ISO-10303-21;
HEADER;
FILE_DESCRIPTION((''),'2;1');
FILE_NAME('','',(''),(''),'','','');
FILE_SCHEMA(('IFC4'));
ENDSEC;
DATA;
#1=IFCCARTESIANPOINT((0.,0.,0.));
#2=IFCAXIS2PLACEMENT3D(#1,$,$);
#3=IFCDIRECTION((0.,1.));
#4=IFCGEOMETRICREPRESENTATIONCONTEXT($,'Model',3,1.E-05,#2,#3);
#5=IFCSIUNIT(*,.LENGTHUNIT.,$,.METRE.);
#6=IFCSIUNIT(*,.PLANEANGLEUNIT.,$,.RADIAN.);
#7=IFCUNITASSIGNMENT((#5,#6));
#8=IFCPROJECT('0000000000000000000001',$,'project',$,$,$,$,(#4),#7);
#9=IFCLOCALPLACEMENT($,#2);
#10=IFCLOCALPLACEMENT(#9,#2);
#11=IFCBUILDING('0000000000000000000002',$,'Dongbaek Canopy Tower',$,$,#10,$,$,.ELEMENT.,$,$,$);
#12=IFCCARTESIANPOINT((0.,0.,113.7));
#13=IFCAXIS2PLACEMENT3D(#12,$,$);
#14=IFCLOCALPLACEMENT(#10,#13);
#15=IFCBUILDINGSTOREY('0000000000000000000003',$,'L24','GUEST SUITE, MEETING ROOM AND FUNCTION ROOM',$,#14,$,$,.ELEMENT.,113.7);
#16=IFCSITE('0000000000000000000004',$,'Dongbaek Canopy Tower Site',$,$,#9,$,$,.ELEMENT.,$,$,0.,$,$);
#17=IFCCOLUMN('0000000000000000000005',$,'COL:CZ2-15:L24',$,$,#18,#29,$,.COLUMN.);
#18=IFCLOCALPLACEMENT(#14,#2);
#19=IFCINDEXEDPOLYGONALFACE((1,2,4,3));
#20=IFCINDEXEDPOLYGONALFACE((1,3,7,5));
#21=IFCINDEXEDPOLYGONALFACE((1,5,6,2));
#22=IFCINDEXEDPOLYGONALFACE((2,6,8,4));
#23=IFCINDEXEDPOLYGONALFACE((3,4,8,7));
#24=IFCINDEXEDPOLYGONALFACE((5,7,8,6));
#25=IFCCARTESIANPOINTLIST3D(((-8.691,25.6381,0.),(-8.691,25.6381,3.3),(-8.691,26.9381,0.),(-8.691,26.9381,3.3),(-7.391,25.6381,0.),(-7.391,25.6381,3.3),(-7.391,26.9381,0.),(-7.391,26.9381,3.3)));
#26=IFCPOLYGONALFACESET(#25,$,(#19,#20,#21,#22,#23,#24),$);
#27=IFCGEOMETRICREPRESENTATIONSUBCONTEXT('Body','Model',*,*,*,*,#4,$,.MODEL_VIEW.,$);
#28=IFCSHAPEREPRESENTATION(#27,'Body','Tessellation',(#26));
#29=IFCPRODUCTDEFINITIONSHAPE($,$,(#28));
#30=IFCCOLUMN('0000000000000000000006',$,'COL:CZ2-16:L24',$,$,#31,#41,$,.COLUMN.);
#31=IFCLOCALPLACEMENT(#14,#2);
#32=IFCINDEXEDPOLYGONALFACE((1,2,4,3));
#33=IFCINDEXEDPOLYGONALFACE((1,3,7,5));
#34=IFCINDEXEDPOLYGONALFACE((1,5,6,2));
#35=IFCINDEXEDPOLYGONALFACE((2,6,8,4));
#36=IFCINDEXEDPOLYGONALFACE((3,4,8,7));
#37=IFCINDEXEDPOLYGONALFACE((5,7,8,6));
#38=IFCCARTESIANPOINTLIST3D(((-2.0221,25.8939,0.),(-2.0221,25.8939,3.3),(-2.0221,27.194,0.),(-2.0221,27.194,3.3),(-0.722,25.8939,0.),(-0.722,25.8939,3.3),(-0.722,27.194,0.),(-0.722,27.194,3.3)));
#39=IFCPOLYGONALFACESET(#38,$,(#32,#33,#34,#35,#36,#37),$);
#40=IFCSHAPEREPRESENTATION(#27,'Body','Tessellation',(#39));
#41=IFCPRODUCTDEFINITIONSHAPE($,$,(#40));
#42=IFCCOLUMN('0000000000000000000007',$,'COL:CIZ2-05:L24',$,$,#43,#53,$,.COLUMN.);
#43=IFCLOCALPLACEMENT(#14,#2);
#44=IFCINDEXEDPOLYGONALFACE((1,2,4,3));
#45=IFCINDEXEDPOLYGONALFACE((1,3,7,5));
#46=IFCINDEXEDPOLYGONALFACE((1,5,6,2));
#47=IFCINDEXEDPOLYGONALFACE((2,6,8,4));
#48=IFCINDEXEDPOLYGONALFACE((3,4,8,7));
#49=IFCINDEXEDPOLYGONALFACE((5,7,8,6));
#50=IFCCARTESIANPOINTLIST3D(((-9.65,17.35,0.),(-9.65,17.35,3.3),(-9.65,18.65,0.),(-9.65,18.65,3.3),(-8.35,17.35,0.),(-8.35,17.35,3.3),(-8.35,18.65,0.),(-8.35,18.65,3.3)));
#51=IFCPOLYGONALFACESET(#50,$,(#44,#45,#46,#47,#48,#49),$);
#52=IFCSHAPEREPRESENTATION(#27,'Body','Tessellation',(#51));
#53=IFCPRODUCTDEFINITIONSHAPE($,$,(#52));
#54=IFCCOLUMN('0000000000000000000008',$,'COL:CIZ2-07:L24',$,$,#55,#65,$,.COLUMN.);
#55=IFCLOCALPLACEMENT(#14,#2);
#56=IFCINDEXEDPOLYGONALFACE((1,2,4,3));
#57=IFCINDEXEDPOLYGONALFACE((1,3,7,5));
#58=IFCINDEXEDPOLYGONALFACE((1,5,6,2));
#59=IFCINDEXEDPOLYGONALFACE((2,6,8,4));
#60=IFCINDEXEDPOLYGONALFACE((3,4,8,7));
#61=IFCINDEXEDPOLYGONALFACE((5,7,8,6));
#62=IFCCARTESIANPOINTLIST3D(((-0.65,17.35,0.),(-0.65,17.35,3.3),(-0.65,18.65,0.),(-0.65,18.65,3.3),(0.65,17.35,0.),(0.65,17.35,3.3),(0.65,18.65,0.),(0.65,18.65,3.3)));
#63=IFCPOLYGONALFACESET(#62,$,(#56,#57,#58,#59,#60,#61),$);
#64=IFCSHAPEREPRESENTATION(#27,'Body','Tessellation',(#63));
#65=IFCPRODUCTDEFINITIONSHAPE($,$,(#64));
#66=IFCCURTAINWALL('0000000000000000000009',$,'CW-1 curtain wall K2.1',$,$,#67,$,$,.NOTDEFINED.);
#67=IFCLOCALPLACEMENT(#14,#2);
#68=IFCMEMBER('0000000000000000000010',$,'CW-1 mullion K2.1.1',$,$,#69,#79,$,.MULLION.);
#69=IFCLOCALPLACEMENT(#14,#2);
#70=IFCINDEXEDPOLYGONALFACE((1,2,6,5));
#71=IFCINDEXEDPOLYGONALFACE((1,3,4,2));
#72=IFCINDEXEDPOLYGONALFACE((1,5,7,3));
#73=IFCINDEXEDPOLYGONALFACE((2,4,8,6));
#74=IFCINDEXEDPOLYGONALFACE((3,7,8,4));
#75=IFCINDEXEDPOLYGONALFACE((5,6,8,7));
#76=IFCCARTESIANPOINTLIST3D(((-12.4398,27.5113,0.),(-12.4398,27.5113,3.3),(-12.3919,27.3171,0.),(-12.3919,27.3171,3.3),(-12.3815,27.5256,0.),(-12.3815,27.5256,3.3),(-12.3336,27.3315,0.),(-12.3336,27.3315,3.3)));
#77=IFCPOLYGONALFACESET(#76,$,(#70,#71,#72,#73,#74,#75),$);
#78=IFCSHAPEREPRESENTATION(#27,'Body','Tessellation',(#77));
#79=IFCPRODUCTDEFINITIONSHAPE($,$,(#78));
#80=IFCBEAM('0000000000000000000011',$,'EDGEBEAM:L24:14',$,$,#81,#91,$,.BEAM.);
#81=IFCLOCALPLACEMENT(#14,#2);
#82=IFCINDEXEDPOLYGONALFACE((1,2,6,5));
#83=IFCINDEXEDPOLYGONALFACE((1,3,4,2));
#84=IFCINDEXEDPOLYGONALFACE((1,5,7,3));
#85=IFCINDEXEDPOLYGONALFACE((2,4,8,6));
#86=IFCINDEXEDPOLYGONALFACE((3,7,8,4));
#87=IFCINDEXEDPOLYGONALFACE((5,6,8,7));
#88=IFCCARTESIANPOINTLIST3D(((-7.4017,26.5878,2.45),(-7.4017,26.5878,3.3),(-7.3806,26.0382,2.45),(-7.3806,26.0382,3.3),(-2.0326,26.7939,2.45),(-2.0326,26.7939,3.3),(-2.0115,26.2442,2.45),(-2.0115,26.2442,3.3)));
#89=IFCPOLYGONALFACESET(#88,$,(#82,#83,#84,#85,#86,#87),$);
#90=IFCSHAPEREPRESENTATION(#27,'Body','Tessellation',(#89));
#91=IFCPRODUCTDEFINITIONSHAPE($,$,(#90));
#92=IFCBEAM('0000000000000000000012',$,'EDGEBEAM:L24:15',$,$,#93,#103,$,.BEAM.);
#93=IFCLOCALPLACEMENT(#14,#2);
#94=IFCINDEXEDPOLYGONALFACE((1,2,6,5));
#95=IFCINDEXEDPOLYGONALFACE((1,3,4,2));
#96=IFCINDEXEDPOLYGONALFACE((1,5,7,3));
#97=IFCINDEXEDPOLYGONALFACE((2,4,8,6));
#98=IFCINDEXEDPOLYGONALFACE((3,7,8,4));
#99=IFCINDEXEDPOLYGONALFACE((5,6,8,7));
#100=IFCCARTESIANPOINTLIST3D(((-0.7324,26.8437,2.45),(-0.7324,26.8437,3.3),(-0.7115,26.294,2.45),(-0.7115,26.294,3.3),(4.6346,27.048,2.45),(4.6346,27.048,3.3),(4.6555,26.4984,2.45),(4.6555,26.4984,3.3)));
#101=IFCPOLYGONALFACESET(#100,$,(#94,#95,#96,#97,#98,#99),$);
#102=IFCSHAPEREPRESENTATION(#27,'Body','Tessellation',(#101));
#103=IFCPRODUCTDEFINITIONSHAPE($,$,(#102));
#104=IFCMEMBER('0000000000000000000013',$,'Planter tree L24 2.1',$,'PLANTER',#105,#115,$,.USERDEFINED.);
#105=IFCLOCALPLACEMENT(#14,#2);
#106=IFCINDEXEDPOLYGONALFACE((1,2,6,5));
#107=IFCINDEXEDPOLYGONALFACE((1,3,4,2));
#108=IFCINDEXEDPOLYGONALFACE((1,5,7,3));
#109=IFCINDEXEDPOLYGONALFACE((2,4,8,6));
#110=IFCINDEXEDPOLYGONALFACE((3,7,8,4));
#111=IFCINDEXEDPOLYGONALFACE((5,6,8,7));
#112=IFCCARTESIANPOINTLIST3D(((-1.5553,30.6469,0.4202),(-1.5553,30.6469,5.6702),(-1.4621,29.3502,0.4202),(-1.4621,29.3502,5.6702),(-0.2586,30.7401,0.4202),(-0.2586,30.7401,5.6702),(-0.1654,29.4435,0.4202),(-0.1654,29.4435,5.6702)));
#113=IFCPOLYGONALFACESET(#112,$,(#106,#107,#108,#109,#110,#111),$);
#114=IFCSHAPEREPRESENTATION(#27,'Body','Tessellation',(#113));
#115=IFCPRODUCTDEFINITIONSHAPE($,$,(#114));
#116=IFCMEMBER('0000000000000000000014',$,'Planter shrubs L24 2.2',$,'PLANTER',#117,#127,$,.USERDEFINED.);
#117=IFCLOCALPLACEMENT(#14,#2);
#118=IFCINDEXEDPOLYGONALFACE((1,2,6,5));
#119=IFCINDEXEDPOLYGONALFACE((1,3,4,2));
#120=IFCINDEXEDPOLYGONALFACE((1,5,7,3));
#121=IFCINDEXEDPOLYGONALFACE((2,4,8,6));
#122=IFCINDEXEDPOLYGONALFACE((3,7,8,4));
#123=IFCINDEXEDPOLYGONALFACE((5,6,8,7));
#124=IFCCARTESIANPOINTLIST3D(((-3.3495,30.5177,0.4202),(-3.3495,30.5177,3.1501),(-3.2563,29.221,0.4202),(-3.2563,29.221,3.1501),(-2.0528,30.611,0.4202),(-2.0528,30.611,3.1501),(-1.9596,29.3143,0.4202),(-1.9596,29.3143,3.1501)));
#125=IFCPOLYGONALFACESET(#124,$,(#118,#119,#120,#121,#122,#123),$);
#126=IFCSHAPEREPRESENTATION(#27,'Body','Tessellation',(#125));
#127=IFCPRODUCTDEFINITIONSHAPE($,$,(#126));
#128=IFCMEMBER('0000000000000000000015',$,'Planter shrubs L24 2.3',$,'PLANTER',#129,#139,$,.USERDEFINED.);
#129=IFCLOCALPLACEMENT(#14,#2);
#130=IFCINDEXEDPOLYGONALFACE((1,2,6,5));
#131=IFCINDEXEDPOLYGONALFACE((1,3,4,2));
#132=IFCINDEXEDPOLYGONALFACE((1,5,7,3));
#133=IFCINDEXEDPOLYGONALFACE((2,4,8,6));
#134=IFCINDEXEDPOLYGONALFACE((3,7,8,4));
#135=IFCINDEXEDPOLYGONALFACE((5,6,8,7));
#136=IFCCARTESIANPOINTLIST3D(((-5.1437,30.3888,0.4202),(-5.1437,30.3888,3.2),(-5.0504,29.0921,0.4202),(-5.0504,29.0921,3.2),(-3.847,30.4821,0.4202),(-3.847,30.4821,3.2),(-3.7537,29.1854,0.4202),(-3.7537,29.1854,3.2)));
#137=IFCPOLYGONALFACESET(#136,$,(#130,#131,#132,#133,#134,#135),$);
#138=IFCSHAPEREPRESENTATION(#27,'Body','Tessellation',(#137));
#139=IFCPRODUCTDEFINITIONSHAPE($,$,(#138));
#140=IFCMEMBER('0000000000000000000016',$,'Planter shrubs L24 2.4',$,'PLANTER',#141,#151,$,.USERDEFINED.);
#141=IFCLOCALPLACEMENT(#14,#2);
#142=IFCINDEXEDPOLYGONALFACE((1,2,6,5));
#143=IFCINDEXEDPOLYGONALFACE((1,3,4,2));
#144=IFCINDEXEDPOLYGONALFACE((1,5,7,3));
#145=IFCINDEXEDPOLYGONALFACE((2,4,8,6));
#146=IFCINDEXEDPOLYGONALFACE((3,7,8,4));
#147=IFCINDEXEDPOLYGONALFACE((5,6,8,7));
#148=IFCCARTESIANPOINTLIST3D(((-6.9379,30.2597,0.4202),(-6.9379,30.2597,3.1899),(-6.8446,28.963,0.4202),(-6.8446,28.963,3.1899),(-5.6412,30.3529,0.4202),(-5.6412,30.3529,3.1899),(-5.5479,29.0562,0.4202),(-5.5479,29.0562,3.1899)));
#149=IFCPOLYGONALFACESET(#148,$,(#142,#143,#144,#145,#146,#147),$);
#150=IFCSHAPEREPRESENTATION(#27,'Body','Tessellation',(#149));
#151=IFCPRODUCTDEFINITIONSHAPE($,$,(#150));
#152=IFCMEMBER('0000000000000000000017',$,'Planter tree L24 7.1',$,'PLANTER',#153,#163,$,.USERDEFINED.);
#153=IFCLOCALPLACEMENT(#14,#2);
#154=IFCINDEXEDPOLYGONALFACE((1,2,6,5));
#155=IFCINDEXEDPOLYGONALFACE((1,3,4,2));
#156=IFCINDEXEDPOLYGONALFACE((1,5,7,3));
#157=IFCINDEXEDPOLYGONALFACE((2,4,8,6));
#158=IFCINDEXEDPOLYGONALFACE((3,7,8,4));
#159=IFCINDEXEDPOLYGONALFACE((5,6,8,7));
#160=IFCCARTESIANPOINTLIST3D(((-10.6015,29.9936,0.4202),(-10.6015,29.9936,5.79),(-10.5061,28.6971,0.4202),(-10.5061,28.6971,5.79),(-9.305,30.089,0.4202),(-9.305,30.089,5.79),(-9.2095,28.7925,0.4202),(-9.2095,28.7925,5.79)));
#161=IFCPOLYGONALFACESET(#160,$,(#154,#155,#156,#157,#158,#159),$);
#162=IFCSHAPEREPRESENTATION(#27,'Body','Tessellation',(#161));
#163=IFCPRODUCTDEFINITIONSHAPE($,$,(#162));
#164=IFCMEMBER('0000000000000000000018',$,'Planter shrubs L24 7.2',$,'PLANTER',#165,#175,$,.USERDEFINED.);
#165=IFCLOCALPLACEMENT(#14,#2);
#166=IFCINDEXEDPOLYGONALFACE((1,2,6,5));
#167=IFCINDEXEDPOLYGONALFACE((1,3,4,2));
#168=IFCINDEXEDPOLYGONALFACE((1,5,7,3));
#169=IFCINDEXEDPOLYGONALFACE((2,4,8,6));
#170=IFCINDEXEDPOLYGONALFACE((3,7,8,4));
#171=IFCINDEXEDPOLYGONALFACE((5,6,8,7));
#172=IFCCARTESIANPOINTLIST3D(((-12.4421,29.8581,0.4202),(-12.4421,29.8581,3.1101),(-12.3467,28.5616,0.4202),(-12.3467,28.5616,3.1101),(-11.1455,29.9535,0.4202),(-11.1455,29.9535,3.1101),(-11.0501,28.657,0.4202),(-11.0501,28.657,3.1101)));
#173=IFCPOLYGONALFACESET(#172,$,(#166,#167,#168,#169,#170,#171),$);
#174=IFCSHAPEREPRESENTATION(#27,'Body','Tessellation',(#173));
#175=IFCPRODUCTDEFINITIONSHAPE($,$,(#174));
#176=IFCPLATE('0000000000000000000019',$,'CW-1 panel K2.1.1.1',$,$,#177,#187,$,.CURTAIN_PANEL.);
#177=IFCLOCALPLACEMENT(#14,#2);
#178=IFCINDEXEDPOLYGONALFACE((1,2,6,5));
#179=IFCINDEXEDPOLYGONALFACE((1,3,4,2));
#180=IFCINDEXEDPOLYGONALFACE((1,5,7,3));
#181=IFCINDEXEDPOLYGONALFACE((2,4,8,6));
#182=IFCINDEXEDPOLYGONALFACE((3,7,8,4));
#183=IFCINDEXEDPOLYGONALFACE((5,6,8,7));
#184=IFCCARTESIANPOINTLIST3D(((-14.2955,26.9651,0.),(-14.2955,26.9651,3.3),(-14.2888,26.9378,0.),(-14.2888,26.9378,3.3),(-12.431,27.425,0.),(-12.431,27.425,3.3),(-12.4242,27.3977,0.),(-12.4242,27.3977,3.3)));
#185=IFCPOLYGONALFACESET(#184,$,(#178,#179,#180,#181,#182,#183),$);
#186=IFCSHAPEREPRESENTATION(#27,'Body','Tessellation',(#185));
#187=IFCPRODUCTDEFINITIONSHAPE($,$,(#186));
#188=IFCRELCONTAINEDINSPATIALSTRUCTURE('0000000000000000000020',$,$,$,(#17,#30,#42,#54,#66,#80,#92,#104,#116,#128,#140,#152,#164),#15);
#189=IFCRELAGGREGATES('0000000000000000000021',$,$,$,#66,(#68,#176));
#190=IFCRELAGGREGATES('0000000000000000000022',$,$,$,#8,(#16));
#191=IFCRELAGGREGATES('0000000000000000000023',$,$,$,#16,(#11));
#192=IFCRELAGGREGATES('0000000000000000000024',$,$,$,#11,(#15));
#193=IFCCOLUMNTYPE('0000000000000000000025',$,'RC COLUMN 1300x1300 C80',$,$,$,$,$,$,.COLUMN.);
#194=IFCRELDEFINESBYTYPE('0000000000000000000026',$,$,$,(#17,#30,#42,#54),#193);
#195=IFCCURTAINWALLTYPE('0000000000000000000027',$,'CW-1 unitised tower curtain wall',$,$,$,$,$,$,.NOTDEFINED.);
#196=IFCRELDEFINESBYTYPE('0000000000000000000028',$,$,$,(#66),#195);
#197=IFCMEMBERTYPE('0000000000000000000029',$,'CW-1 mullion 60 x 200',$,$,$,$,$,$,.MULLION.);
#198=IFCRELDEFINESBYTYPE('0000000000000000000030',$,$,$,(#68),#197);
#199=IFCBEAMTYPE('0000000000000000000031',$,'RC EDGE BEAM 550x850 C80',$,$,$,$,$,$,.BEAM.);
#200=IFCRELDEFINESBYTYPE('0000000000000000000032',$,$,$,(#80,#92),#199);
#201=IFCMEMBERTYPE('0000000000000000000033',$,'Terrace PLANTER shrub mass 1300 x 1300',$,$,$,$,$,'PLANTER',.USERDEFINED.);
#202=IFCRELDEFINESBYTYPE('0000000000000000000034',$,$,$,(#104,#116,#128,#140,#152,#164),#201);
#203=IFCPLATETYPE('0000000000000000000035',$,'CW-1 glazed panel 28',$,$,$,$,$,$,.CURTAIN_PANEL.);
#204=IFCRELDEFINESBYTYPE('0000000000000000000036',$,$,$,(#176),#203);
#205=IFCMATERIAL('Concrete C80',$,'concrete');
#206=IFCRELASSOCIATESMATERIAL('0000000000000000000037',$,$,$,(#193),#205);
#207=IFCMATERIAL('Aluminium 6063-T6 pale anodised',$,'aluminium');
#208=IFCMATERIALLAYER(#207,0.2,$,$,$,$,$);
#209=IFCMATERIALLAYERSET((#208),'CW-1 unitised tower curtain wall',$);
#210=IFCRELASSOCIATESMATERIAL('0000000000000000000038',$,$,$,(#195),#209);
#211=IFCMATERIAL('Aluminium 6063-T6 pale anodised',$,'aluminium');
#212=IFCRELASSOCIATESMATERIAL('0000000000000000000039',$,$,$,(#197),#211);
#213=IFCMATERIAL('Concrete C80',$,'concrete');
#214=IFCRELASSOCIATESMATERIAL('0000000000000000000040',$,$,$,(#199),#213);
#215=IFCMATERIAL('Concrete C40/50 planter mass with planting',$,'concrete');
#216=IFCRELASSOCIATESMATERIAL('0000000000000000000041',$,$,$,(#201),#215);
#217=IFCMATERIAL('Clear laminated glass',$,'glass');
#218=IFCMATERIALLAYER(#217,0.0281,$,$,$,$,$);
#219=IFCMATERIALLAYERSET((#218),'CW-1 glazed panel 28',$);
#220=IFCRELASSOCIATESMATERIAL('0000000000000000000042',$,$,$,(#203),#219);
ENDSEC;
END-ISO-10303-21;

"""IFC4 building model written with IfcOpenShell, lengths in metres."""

from ifc_helpers import new_model, si_unit, direction, frame, origin, origin_2d, place, context, subcontext, project, spatial, rectangle, extrude, material, layer, layer_set, material_profile, profile_set, type_object, element, aggregate, save


model = new_model("IFC4")

# Units and contexts
model_context = context("Model", 3, precision=1e-05, world=origin(), true_north=direction((0.0, 1.0)))
body_context = subcontext(model_context, "Body", "Model", "MODEL_VIEW")
ifc_project = project(units=[si_unit("LENGTHUNIT", "METRE"), si_unit("PLANEANGLEUNIT", "RADIAN")], contexts=[model_context])

# Site, building, storey
site_placement = place(None, origin())
site = spatial("IfcSite", under=ifc_project, at=site_placement, Name="Dongbaek Canopy Tower Site", CompositionType="ELEMENT", RefElevation=0.0)
building_placement = place(site_placement, origin())
building = spatial("IfcBuilding", under=site, at=building_placement, Name="Dongbaek Canopy Tower", CompositionType="ELEMENT")
storey_placement = place(building_placement, frame((0.0, 0.0, 113.7)))
storey = spatial("IfcBuildingStorey", under=building, at=storey_placement, Name="L24", Description="GUEST SUITE, MEETING ROOM AND FUNCTION ROOM", CompositionType="ELEMENT", Elevation=113.7)

# Columns
ifc_material_1 = material(Name="Concrete C80", Category="concrete")
ifc_material_profile_1 = material_profile(ifc_material_1, rectangle(XDim=1.3, YDim=1.3, at=origin_2d()), Name="RC COLUMN 1300x1300 C80")
ifc_profile_set_1 = profile_set([ifc_material_profile_1], Name="Concrete C80")
column_type = type_object("IfcColumnType", Name="RC COLUMN 1300x1300 C80", PredefinedType="COLUMN", material=ifc_profile_set_1)
for number, where, z_axis, x_axis, name in (
    (1, (-8.041, 26.2881, 0.0), (0.0, 0.0, 1.0), (1.0, 0.0, 0.0), "COL:CZ2-15:L24"),
    (2, (-1.3721, 26.5439, 0.0), (0.0, 0.0, 1.0), (1.0, 0.0, 0.0), "COL:CZ2-16:L24"),
    (3, (-9.0, 18.0, 0.0), (0.0, 0.0, 1.0), (1.0, 0.0, 0.0), "COL:CIZ2-05:L24"),
    (4, (0.0, 18.0, 0.0), (0.0, 0.0, 1.0), (1.0, 0.0, 0.0), "COL:CIZ2-07:L24"),
):
    element("IfcColumn", number, at=place(storey_placement, frame(where, z_axis=z_axis, x_axis=x_axis)), inside=storey, type_object=column_type, Name=name, PredefinedType="COLUMN", context=body_context, shape_type="SweptSolid", body=[
        extrude(rectangle(XDim=1.3, YDim=1.3, at=origin_2d()), origin(), (0.0, 0.0, 1.0), 3.3),
    ])

# Curtain wall, member
ifc_material_2 = material(Name="Aluminium 6063-T6 pale anodised", Category="aluminium")
ifc_layer_1 = layer(ifc_material_2, 0.2)
ifc_layer_set_1 = layer_set([ifc_layer_1], Name="CW-1 unitised tower curtain wall")
curtain_wall_type = type_object("IfcCurtainWallType", Name="CW-1 unitised tower curtain wall", PredefinedType="NOTDEFINED", material=ifc_layer_set_1)
curtain_wall_placement = place(storey_placement, origin())
curtain_wall = element("IfcCurtainWall", 5, at=curtain_wall_placement, inside=storey, type_object=curtain_wall_type, Name="CW-1 curtain wall K2.1", PredefinedType="NOTDEFINED")
ifc_material_3 = material(Name="Aluminium 6063-T6 pale anodised", Category="aluminium")
ifc_material_profile_2 = material_profile(ifc_material_3, rectangle(XDim=0.2, YDim=0.0601, at=origin_2d()), Name="CW-1 mullion 60 x 200")
ifc_profile_set_2 = profile_set([ifc_material_profile_2], Name="Aluminium 6063-T6 pale anodised")
member_type_1 = type_object("IfcMemberType", Name="CW-1 mullion 60 x 200", PredefinedType="MULLION", material=ifc_profile_set_2)
member_1_placement = place(storey_placement, frame((-12.3867, 27.4214, 0.0), z_axis=(0.0, 0.0, 1.0), x_axis=(-0.239456, 0.970907, 0.0)))
member_1 = element("IfcMember", 6, at=member_1_placement, type_object=member_type_1, Name="CW-1 mullion K2.1.1", PredefinedType="MULLION", context=body_context, shape_type="SweptSolid", body=[
    extrude(rectangle(XDim=0.2, YDim=0.0601, at=origin_2d()), origin(), (0.0, 0.0, 1.0), 3.3),
])

# Beams
ifc_material_4 = material(Name="Concrete C80", Category="concrete")
ifc_material_profile_3 = material_profile(ifc_material_4, rectangle(XDim=0.55, YDim=0.8501, at=origin_2d()), Name="RC EDGE BEAM 550x850 C80")
ifc_profile_set_3 = profile_set([ifc_material_profile_3], Name="Concrete C80")
beam_type = type_object("IfcBeamType", Name="RC EDGE BEAM 550x850 C80", PredefinedType="BEAM", material=ifc_profile_set_3)
beam_1_placement = place(storey_placement, frame((-7.3911, 26.313, 2.875), z_axis=(0.999264, 0.038349, 0.0), x_axis=(-0.038349, 0.999264, 0.0)))
element("IfcBeam", 7, at=beam_1_placement, inside=storey, type_object=beam_type, Name="EDGEBEAM:L24:14", PredefinedType="BEAM", context=body_context, shape_type="SweptSolid", body=[
    extrude(rectangle(XDim=0.55, YDim=0.8501, at=origin_2d()), origin(), (0.0, 0.0, 1.0), 5.373),
])
beam_2_placement = place(storey_placement, frame((-0.7219, 26.5688, 2.875), z_axis=(0.999276, 0.038047, 0.0), x_axis=(-0.038047, 0.999276, 0.0)))
element("IfcBeam", 8, at=beam_2_placement, inside=storey, type_object=beam_type, Name="EDGEBEAM:L24:15", PredefinedType="BEAM", context=body_context, shape_type="SweptSolid", body=[
    extrude(rectangle(XDim=0.55, YDim=0.8501, at=origin_2d()), origin(), (0.0, 0.0, 1.0), 5.3708),
])

# Members
ifc_material_5 = material(Name="Concrete C40/50 planter mass with planting", Category="concrete")
ifc_material_profile_4 = material_profile(ifc_material_5, rectangle(XDim=1.3, YDim=1.3, at=origin_2d()), Name="Terrace PLANTER shrub mass 1300 x 1300")
ifc_profile_set_4 = profile_set([ifc_material_profile_4], Name="Concrete C40/50 planter mass with planting")
member_type_2 = type_object("IfcMemberType", Name="Terrace PLANTER shrub mass 1300 x 1300", ElementType="PLANTER", PredefinedType="USERDEFINED", material=ifc_profile_set_4)
member_2_placement = place(storey_placement, frame((-0.8604, 30.0452, 0.4202), z_axis=(0.0, 0.0, 1.0), x_axis=(-0.071743, 0.997423, 0.0)))
element("IfcMember", 9, at=member_2_placement, inside=storey, type_object=member_type_2, Name="Planter tree L24 2.1", ObjectType="PLANTER", PredefinedType="USERDEFINED", context=body_context, shape_type="SweptSolid", body=[
    extrude(rectangle(XDim=1.3, YDim=1.3, at=origin_2d()), origin(), (0.0, 0.0, 1.0), 5.25),
])
member_3_placement = place(storey_placement, frame((-2.6545, 29.916, 0.4202), z_axis=(0.0, 0.0, 1.0), x_axis=(-0.071743, 0.997423, 0.0)))
element("IfcMember", 10, at=member_3_placement, inside=storey, type_object=member_type_2, Name="Planter shrubs L24 2.2", ObjectType="PLANTER", PredefinedType="USERDEFINED", context=body_context, shape_type="SweptSolid", body=[
    extrude(rectangle(XDim=1.3, YDim=1.3, at=origin_2d()), origin(), (0.0, 0.0, 1.0), 2.73),
])
member_4_placement = place(storey_placement, frame((-4.4487, 29.7871, 0.4202), z_axis=(0.0, 0.0, 1.0), x_axis=(-0.071743, 0.997423, 0.0)))
element("IfcMember", 11, at=member_4_placement, inside=storey, type_object=member_type_2, Name="Planter shrubs L24 2.3", ObjectType="PLANTER", PredefinedType="USERDEFINED", context=body_context, shape_type="SweptSolid", body=[
    extrude(rectangle(XDim=1.3, YDim=1.3, at=origin_2d()), origin(), (0.0, 0.0, 1.0), 2.7798),
])
member_5_placement = place(storey_placement, frame((-6.2429, 29.658, 0.4202), z_axis=(0.0, 0.0, 1.0), x_axis=(-0.071743, 0.997423, 0.0)))
element("IfcMember", 12, at=member_5_placement, inside=storey, type_object=member_type_2, Name="Planter shrubs L24 2.4", ObjectType="PLANTER", PredefinedType="USERDEFINED", context=body_context, shape_type="SweptSolid", body=[
    extrude(rectangle(XDim=1.3, YDim=1.3, at=origin_2d()), origin(), (0.0, 0.0, 1.0), 2.7698),
])
member_6_placement = place(storey_placement, frame((-9.9055, 29.3931, 0.4202), z_axis=(0.0, 0.0, 1.0), x_axis=(-0.073391, 0.997303, 0.0)))
element("IfcMember", 13, at=member_6_placement, inside=storey, type_object=member_type_2, Name="Planter tree L24 7.1", ObjectType="PLANTER", PredefinedType="USERDEFINED", context=body_context, shape_type="SweptSolid", body=[
    extrude(rectangle(XDim=1.3, YDim=1.3, at=origin_2d()), origin(), (0.0, 0.0, 1.0), 5.3699),
])
member_7_placement = place(storey_placement, frame((-11.7461, 29.2576, 0.4202), z_axis=(0.0, 0.0, 1.0), x_axis=(-0.073391, 0.997303, 0.0)))
element("IfcMember", 14, at=member_7_placement, inside=storey, type_object=member_type_2, Name="Planter shrubs L24 7.2", ObjectType="PLANTER", PredefinedType="USERDEFINED", context=body_context, shape_type="SweptSolid", body=[
    extrude(rectangle(XDim=1.3, YDim=1.3, at=origin_2d()), origin(), (0.0, 0.0, 1.0), 2.6899),
])

# Plate
ifc_material_6 = material(Name="Clear laminated glass", Category="glass")
ifc_layer_2 = layer(ifc_material_6, 0.0281)
ifc_layer_set_2 = layer_set([ifc_layer_2], Name="CW-1 glazed panel 28")
plate_type = type_object("IfcPlateType", Name="CW-1 glazed panel 28", PredefinedType="CURTAIN_PANEL", material=ifc_layer_set_2)
plate_placement = place(storey_placement, frame((-13.3599, 27.1814, 0.0), z_axis=(0.0, 0.0, 1.0), x_axis=(-0.970907, -0.239456, 0.0)))
plate = element("IfcPlate", 15, at=plate_placement, type_object=plate_type, Name="CW-1 panel K2.1.1.1", PredefinedType="CURTAIN_PANEL", context=body_context, shape_type="SweptSolid", body=[
    extrude(rectangle(XDim=1.9204, YDim=0.0281, at=origin_2d()), origin(), (0.0, 0.0, 1.0), 3.3),
])
aggregate(curtain_wall, [member_1, plate])

save(model, "model.ifc")
